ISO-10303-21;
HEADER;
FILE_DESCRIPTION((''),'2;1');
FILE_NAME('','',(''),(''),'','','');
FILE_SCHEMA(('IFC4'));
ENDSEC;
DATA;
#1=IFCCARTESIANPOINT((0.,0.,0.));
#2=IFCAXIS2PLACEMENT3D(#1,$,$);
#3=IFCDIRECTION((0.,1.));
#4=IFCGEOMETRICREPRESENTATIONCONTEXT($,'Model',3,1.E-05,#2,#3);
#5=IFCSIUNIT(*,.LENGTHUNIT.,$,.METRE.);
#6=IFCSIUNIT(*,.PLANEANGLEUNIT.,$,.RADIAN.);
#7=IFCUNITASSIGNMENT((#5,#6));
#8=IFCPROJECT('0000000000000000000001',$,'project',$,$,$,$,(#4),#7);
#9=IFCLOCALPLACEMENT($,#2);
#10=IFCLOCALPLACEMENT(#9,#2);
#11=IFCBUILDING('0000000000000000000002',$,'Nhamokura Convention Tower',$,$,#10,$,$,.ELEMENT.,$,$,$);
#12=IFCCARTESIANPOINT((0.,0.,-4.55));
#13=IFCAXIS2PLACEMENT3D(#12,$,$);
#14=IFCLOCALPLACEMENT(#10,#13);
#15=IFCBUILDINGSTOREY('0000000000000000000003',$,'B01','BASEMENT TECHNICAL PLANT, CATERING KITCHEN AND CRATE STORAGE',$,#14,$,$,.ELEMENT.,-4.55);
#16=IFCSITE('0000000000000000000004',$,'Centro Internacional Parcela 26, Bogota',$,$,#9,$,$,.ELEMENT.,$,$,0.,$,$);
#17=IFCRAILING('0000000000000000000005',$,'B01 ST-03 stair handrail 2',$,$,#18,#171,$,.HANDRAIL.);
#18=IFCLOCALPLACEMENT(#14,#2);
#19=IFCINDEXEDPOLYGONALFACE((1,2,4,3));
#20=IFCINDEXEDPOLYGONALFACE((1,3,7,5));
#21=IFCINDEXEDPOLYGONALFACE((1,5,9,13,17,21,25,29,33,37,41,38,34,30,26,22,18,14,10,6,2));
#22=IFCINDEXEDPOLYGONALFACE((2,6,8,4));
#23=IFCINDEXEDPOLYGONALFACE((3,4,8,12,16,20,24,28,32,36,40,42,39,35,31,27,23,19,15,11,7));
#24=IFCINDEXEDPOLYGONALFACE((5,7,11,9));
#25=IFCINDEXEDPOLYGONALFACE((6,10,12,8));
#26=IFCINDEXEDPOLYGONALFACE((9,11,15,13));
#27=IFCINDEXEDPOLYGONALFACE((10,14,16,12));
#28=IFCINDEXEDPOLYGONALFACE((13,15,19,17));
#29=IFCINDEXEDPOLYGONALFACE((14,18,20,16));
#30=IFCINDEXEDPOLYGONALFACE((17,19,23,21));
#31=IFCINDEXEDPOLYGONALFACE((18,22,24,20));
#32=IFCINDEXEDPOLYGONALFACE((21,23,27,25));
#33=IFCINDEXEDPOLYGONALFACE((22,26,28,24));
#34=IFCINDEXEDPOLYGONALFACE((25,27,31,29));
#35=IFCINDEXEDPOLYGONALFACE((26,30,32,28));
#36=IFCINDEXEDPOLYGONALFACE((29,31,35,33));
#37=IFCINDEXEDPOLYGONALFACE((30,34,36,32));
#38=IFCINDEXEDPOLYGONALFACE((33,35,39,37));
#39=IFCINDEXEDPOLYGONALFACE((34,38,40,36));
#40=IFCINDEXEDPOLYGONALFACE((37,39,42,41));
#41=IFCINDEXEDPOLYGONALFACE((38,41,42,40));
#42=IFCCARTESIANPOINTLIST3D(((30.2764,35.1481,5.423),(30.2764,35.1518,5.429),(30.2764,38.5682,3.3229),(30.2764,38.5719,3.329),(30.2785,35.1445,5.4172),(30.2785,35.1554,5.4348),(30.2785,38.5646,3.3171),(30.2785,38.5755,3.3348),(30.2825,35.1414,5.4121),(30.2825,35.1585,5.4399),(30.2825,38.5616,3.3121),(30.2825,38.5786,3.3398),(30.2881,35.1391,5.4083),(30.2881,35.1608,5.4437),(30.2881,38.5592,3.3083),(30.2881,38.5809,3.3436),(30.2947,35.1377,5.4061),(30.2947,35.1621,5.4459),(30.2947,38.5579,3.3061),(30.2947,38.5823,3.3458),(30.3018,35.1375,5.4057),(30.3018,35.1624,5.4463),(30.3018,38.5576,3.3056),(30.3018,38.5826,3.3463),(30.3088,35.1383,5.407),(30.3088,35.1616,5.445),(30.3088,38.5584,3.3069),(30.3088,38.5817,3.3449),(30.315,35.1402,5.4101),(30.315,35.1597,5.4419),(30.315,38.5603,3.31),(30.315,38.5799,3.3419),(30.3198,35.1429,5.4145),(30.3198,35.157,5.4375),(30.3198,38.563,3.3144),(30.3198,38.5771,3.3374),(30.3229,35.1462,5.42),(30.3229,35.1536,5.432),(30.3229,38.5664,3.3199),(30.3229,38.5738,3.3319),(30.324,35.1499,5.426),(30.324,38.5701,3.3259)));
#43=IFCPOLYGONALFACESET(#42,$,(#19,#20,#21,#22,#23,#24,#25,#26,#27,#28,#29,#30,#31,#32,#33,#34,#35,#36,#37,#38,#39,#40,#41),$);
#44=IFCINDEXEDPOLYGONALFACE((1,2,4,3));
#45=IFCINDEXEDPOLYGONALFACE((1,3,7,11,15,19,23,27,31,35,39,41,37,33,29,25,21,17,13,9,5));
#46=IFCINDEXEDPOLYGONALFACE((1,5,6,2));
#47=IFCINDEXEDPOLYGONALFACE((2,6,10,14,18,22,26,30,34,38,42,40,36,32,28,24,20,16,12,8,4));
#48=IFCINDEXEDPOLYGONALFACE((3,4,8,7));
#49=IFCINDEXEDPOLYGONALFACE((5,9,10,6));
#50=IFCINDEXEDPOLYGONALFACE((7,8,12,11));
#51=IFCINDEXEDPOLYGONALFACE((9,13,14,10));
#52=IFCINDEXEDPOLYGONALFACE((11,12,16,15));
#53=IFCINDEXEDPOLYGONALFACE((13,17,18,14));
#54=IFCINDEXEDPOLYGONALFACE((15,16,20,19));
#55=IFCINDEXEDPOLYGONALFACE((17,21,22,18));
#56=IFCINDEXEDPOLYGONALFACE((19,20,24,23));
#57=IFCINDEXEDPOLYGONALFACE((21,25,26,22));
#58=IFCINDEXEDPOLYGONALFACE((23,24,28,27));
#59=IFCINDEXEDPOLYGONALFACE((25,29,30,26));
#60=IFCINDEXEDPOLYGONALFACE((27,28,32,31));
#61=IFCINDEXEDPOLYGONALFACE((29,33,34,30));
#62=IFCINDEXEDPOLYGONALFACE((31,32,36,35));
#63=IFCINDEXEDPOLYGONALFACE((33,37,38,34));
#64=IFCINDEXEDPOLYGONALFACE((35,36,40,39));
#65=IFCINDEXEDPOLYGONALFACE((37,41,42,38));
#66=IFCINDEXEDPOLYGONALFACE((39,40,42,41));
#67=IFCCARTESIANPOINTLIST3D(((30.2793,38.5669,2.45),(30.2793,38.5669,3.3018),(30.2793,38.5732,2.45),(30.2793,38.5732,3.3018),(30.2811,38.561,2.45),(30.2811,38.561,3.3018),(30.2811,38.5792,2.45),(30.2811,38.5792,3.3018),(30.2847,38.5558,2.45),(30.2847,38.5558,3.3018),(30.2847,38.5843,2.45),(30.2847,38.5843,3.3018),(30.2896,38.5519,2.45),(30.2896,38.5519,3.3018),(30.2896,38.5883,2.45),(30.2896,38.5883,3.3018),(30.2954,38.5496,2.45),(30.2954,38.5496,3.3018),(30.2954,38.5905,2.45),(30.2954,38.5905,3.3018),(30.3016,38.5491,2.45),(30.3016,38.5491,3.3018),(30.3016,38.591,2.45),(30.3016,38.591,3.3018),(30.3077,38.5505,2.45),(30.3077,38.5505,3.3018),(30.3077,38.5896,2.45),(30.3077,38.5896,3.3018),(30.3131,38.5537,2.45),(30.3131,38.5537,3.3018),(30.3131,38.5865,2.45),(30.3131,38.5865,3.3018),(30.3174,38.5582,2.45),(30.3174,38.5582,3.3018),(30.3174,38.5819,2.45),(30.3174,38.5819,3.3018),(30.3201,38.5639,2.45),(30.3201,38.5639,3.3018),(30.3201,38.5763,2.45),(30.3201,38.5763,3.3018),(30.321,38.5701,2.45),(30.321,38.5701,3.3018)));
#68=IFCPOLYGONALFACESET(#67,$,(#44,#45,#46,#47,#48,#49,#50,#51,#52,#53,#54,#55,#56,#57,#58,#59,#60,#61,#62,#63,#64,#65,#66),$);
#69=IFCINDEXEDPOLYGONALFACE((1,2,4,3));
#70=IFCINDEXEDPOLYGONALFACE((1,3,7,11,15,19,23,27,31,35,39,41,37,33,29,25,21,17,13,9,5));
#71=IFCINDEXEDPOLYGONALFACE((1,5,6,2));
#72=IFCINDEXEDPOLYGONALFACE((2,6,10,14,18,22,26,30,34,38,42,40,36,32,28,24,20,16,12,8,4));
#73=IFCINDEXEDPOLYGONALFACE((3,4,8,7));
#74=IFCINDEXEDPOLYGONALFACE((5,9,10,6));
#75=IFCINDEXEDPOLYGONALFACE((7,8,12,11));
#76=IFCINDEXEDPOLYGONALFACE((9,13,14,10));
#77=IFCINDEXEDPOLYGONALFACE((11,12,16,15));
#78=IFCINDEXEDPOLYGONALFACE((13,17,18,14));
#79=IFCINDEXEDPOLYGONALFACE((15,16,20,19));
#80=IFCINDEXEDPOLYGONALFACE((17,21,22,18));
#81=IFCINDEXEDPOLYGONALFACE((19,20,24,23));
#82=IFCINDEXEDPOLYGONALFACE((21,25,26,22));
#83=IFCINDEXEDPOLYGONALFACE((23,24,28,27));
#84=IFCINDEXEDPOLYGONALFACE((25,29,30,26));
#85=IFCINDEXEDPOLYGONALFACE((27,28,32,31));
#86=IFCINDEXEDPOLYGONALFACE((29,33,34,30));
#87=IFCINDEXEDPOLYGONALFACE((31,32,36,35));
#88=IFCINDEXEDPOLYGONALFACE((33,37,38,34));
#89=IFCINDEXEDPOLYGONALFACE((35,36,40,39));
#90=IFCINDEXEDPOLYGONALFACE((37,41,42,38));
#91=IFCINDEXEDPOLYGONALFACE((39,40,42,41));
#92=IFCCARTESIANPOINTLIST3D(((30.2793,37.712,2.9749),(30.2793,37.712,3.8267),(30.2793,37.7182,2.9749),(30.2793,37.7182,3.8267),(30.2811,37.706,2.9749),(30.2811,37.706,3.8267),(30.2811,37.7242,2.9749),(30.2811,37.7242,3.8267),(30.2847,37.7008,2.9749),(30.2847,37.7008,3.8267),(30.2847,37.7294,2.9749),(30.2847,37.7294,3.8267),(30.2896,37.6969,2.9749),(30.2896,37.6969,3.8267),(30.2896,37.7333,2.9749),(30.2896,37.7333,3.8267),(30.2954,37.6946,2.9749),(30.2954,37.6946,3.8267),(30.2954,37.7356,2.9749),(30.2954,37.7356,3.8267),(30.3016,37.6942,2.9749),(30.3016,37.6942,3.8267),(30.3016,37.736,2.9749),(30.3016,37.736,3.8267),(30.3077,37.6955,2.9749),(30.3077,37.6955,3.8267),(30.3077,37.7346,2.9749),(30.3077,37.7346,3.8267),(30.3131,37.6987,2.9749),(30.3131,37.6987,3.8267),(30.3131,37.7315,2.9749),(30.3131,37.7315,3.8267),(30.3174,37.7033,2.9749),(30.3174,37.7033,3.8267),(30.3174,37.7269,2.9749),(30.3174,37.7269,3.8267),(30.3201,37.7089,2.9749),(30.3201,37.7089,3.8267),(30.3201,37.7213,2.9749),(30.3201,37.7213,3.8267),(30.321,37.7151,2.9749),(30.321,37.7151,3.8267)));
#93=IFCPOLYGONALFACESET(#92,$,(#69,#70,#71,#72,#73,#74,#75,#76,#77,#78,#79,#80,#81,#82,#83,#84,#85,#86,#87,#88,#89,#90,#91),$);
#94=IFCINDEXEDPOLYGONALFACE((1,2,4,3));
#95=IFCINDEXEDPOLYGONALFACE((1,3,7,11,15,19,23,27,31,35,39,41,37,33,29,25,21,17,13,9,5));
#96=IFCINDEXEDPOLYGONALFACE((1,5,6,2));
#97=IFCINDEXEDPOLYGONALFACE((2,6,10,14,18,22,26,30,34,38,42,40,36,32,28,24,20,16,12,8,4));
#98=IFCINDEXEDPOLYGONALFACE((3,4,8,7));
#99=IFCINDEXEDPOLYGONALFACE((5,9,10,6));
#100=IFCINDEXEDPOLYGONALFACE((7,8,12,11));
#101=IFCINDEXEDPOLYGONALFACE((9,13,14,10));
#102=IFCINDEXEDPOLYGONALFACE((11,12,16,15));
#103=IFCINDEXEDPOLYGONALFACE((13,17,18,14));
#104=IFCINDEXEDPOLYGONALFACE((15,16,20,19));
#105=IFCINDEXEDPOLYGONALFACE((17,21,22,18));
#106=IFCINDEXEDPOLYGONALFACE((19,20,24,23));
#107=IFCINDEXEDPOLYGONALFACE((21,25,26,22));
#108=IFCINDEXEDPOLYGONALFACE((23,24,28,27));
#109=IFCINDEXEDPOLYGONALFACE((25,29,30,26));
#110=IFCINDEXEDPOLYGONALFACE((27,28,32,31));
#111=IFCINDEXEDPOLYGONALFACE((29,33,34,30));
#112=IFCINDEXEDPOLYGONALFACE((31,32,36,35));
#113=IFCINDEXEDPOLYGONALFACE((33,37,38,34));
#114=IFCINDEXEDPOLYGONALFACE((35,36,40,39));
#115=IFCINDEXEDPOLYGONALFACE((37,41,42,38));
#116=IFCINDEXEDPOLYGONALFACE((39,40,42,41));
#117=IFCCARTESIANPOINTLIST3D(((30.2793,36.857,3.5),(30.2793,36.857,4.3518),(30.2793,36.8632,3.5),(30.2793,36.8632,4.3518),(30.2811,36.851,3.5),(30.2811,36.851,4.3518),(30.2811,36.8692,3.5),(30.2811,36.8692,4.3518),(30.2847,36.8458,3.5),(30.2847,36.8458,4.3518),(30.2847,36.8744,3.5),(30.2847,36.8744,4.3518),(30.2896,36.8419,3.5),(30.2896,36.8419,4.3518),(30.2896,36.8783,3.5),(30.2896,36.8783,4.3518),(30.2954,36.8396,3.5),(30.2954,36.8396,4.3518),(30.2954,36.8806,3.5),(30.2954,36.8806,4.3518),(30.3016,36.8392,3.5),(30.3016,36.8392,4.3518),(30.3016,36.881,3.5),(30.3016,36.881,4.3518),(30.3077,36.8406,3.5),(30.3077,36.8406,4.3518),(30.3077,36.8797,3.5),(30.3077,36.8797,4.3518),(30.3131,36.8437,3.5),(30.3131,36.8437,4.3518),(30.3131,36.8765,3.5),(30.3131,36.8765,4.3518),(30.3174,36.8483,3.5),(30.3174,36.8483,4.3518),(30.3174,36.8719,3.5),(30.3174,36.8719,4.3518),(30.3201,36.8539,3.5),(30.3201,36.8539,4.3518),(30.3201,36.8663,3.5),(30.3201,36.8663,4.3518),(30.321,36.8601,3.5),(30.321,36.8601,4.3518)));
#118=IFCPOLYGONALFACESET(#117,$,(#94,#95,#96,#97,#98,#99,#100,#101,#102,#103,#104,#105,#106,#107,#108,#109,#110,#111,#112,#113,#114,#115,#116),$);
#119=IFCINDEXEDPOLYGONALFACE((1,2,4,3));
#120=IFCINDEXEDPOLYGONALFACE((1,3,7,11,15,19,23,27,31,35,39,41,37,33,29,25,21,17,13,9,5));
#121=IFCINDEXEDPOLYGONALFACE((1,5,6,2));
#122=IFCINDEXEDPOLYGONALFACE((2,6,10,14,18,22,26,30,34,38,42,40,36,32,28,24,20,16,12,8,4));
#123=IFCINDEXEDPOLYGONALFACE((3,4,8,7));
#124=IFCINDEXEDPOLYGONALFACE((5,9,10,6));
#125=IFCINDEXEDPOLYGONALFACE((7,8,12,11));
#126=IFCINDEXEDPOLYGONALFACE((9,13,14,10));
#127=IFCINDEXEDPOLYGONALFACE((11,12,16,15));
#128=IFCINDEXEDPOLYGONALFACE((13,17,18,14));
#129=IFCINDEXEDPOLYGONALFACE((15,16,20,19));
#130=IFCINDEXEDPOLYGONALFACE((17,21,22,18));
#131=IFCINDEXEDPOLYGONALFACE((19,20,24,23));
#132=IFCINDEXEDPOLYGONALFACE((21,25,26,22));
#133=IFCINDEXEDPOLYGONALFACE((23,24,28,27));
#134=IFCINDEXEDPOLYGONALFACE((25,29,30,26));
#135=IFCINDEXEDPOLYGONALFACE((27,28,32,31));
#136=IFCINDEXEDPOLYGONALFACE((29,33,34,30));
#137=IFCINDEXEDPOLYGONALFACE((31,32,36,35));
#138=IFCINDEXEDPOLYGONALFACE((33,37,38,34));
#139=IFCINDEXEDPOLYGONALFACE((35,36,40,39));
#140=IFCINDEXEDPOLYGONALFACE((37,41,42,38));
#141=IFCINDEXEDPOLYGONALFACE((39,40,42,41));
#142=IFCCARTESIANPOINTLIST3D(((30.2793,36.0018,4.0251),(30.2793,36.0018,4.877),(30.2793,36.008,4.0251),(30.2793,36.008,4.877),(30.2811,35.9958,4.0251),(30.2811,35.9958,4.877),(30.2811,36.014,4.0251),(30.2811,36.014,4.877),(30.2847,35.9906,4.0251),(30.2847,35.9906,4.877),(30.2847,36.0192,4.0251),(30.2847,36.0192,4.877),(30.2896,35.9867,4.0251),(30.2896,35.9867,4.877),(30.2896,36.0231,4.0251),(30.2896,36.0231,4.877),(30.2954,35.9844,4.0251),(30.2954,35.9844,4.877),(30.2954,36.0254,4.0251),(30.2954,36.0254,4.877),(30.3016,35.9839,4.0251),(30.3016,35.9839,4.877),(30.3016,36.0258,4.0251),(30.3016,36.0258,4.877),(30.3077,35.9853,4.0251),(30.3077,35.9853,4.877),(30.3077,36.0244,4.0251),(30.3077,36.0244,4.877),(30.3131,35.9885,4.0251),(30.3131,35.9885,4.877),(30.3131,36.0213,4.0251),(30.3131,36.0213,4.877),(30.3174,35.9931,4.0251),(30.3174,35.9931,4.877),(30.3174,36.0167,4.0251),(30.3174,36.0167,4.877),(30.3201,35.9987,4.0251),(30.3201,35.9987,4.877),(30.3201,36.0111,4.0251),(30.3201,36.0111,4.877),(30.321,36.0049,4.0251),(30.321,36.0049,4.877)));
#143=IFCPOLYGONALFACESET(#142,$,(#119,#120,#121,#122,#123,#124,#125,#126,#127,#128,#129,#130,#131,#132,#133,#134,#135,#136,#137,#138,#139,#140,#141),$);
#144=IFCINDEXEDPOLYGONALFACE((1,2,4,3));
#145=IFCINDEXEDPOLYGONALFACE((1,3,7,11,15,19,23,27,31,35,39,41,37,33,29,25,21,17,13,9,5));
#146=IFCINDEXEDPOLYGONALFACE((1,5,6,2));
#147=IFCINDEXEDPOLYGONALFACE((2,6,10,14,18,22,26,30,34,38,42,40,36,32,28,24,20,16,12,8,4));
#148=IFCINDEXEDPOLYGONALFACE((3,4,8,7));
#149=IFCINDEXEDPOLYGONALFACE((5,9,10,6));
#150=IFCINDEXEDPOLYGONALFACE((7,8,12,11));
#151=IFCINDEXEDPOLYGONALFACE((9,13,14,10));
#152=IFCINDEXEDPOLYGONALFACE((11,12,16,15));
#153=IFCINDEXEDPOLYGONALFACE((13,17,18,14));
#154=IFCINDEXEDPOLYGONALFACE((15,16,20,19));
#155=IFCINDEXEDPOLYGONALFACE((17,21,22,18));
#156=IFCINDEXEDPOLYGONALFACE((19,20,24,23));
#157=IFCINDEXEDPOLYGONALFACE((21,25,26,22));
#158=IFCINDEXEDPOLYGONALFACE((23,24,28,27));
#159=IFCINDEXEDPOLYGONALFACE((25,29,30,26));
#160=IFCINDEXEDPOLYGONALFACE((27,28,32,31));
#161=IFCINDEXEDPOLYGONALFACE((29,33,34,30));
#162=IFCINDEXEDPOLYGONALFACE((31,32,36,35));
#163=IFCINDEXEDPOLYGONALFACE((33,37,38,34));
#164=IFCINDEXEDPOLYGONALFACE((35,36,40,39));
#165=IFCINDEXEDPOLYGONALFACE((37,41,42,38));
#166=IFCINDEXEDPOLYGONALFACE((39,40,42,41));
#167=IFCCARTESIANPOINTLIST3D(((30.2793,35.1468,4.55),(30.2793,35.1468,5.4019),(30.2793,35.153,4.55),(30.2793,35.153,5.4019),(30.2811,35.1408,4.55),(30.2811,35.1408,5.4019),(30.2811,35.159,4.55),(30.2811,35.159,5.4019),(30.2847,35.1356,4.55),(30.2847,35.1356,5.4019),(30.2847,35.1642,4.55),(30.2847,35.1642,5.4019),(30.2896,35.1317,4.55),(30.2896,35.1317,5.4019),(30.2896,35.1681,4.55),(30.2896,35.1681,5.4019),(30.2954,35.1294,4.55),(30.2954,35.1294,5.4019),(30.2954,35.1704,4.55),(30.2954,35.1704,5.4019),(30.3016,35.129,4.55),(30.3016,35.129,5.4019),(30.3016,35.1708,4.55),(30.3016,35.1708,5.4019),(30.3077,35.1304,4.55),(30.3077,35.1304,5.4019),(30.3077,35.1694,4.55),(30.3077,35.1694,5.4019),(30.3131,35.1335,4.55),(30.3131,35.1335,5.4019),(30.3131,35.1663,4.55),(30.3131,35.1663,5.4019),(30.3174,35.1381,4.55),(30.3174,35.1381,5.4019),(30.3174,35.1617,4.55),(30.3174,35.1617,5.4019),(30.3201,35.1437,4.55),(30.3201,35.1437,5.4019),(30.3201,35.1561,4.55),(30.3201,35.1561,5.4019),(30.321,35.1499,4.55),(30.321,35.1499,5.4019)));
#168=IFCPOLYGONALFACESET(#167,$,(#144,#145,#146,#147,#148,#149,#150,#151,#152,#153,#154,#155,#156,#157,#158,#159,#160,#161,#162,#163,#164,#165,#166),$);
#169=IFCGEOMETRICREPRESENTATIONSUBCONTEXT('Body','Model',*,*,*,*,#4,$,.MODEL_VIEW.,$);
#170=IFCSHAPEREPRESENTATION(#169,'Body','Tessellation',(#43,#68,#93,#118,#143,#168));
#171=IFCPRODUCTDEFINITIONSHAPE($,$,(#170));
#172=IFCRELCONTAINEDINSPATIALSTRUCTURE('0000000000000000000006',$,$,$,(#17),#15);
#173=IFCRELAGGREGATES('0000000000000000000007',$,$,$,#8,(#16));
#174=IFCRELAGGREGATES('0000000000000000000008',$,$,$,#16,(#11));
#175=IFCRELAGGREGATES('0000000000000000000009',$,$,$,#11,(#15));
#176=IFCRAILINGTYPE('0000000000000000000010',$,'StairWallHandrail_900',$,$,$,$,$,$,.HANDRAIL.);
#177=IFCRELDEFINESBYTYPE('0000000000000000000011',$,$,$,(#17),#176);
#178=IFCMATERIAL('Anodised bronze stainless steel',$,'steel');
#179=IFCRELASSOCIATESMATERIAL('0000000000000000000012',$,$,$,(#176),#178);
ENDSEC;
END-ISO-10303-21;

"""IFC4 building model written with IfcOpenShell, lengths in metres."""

from ifc_helpers import new_model, si_unit, direction, frame, origin, origin_2d, place, context, subcontext, project, spatial, circle, extrude, material, type_object, element, save


model = new_model("IFC4")

# Units and contexts
model_context = context("Model", 3, precision=1e-05, world=origin(), true_north=direction((0.0, 1.0)))
body_context = subcontext(model_context, "Body", "Model", "MODEL_VIEW")
ifc_project = project(units=[si_unit("LENGTHUNIT", "METRE"), si_unit("PLANEANGLEUNIT", "RADIAN")], contexts=[model_context])

# Site, building, storey
site_placement = place(None, origin())
site = spatial("IfcSite", under=ifc_project, at=site_placement, Name="Centro Internacional Parcela 26, Bogota", CompositionType="ELEMENT", RefElevation=0.0)
building_placement = place(site_placement, origin())
building = spatial("IfcBuilding", under=site, at=building_placement, Name="Nhamokura Convention Tower", CompositionType="ELEMENT")
storey_placement = place(building_placement, frame((0.0, 0.0, -4.55)))
storey = spatial("IfcBuildingStorey", under=building, at=storey_placement, Name="B01", Description="BASEMENT TECHNICAL PLANT, CATERING KITCHEN AND CRATE STORAGE", CompositionType="ELEMENT", Elevation=-4.55)

# Railing
ifc_material_1 = material(Name="Anodised bronze stainless steel", Category="steel")
railing_type_1 = type_object("IfcRailingType", Name="StairWallHandrail_900", PredefinedType="HANDRAIL", material=ifc_material_1)
railing_1_placement = place(storey_placement, frame((30.3, 38.5701, 2.45)))
element("IfcRailing", 1, at=railing_1_placement, inside=storey, type_object=railing_type_1, Name="B01 ST-03 stair handrail 2", PredefinedType="HANDRAIL", context=body_context, shape_type="SweptSolid", body=[
    extrude(circle(Radius=0.0239, at=origin_2d()), frame((0.0, 0.0, 0.876), z_axis=(0.0, -0.852172, 0.523262), x_axis=(1.0, 0.0, 0.0)), (0.0, 0.0, 1.0), 4.0134),
    extrude(circle(Radius=0.021, at=origin_2d()), origin(), (0.0, 0.0, 1.0), 0.8518),
    extrude(circle(Radius=0.021, at=origin_2d()), frame((0.0, -0.855, 0.5249)), (0.0, 0.0, 1.0), 0.8518),
    extrude(circle(Radius=0.021, at=origin_2d()), frame((0.0, -1.71, 1.05)), (0.0, 0.0, 1.0), 0.8518),
    extrude(circle(Radius=0.021, at=origin_2d()), frame((0.0, -2.5652, 1.5752)), (0.0, 0.0, 1.0), 0.8518),
    extrude(circle(Radius=0.021, at=origin_2d()), frame((0.0, -3.4202, 2.1001)), (0.0, 0.0, 1.0), 0.8518),
])

save(model, "model.ifc")
